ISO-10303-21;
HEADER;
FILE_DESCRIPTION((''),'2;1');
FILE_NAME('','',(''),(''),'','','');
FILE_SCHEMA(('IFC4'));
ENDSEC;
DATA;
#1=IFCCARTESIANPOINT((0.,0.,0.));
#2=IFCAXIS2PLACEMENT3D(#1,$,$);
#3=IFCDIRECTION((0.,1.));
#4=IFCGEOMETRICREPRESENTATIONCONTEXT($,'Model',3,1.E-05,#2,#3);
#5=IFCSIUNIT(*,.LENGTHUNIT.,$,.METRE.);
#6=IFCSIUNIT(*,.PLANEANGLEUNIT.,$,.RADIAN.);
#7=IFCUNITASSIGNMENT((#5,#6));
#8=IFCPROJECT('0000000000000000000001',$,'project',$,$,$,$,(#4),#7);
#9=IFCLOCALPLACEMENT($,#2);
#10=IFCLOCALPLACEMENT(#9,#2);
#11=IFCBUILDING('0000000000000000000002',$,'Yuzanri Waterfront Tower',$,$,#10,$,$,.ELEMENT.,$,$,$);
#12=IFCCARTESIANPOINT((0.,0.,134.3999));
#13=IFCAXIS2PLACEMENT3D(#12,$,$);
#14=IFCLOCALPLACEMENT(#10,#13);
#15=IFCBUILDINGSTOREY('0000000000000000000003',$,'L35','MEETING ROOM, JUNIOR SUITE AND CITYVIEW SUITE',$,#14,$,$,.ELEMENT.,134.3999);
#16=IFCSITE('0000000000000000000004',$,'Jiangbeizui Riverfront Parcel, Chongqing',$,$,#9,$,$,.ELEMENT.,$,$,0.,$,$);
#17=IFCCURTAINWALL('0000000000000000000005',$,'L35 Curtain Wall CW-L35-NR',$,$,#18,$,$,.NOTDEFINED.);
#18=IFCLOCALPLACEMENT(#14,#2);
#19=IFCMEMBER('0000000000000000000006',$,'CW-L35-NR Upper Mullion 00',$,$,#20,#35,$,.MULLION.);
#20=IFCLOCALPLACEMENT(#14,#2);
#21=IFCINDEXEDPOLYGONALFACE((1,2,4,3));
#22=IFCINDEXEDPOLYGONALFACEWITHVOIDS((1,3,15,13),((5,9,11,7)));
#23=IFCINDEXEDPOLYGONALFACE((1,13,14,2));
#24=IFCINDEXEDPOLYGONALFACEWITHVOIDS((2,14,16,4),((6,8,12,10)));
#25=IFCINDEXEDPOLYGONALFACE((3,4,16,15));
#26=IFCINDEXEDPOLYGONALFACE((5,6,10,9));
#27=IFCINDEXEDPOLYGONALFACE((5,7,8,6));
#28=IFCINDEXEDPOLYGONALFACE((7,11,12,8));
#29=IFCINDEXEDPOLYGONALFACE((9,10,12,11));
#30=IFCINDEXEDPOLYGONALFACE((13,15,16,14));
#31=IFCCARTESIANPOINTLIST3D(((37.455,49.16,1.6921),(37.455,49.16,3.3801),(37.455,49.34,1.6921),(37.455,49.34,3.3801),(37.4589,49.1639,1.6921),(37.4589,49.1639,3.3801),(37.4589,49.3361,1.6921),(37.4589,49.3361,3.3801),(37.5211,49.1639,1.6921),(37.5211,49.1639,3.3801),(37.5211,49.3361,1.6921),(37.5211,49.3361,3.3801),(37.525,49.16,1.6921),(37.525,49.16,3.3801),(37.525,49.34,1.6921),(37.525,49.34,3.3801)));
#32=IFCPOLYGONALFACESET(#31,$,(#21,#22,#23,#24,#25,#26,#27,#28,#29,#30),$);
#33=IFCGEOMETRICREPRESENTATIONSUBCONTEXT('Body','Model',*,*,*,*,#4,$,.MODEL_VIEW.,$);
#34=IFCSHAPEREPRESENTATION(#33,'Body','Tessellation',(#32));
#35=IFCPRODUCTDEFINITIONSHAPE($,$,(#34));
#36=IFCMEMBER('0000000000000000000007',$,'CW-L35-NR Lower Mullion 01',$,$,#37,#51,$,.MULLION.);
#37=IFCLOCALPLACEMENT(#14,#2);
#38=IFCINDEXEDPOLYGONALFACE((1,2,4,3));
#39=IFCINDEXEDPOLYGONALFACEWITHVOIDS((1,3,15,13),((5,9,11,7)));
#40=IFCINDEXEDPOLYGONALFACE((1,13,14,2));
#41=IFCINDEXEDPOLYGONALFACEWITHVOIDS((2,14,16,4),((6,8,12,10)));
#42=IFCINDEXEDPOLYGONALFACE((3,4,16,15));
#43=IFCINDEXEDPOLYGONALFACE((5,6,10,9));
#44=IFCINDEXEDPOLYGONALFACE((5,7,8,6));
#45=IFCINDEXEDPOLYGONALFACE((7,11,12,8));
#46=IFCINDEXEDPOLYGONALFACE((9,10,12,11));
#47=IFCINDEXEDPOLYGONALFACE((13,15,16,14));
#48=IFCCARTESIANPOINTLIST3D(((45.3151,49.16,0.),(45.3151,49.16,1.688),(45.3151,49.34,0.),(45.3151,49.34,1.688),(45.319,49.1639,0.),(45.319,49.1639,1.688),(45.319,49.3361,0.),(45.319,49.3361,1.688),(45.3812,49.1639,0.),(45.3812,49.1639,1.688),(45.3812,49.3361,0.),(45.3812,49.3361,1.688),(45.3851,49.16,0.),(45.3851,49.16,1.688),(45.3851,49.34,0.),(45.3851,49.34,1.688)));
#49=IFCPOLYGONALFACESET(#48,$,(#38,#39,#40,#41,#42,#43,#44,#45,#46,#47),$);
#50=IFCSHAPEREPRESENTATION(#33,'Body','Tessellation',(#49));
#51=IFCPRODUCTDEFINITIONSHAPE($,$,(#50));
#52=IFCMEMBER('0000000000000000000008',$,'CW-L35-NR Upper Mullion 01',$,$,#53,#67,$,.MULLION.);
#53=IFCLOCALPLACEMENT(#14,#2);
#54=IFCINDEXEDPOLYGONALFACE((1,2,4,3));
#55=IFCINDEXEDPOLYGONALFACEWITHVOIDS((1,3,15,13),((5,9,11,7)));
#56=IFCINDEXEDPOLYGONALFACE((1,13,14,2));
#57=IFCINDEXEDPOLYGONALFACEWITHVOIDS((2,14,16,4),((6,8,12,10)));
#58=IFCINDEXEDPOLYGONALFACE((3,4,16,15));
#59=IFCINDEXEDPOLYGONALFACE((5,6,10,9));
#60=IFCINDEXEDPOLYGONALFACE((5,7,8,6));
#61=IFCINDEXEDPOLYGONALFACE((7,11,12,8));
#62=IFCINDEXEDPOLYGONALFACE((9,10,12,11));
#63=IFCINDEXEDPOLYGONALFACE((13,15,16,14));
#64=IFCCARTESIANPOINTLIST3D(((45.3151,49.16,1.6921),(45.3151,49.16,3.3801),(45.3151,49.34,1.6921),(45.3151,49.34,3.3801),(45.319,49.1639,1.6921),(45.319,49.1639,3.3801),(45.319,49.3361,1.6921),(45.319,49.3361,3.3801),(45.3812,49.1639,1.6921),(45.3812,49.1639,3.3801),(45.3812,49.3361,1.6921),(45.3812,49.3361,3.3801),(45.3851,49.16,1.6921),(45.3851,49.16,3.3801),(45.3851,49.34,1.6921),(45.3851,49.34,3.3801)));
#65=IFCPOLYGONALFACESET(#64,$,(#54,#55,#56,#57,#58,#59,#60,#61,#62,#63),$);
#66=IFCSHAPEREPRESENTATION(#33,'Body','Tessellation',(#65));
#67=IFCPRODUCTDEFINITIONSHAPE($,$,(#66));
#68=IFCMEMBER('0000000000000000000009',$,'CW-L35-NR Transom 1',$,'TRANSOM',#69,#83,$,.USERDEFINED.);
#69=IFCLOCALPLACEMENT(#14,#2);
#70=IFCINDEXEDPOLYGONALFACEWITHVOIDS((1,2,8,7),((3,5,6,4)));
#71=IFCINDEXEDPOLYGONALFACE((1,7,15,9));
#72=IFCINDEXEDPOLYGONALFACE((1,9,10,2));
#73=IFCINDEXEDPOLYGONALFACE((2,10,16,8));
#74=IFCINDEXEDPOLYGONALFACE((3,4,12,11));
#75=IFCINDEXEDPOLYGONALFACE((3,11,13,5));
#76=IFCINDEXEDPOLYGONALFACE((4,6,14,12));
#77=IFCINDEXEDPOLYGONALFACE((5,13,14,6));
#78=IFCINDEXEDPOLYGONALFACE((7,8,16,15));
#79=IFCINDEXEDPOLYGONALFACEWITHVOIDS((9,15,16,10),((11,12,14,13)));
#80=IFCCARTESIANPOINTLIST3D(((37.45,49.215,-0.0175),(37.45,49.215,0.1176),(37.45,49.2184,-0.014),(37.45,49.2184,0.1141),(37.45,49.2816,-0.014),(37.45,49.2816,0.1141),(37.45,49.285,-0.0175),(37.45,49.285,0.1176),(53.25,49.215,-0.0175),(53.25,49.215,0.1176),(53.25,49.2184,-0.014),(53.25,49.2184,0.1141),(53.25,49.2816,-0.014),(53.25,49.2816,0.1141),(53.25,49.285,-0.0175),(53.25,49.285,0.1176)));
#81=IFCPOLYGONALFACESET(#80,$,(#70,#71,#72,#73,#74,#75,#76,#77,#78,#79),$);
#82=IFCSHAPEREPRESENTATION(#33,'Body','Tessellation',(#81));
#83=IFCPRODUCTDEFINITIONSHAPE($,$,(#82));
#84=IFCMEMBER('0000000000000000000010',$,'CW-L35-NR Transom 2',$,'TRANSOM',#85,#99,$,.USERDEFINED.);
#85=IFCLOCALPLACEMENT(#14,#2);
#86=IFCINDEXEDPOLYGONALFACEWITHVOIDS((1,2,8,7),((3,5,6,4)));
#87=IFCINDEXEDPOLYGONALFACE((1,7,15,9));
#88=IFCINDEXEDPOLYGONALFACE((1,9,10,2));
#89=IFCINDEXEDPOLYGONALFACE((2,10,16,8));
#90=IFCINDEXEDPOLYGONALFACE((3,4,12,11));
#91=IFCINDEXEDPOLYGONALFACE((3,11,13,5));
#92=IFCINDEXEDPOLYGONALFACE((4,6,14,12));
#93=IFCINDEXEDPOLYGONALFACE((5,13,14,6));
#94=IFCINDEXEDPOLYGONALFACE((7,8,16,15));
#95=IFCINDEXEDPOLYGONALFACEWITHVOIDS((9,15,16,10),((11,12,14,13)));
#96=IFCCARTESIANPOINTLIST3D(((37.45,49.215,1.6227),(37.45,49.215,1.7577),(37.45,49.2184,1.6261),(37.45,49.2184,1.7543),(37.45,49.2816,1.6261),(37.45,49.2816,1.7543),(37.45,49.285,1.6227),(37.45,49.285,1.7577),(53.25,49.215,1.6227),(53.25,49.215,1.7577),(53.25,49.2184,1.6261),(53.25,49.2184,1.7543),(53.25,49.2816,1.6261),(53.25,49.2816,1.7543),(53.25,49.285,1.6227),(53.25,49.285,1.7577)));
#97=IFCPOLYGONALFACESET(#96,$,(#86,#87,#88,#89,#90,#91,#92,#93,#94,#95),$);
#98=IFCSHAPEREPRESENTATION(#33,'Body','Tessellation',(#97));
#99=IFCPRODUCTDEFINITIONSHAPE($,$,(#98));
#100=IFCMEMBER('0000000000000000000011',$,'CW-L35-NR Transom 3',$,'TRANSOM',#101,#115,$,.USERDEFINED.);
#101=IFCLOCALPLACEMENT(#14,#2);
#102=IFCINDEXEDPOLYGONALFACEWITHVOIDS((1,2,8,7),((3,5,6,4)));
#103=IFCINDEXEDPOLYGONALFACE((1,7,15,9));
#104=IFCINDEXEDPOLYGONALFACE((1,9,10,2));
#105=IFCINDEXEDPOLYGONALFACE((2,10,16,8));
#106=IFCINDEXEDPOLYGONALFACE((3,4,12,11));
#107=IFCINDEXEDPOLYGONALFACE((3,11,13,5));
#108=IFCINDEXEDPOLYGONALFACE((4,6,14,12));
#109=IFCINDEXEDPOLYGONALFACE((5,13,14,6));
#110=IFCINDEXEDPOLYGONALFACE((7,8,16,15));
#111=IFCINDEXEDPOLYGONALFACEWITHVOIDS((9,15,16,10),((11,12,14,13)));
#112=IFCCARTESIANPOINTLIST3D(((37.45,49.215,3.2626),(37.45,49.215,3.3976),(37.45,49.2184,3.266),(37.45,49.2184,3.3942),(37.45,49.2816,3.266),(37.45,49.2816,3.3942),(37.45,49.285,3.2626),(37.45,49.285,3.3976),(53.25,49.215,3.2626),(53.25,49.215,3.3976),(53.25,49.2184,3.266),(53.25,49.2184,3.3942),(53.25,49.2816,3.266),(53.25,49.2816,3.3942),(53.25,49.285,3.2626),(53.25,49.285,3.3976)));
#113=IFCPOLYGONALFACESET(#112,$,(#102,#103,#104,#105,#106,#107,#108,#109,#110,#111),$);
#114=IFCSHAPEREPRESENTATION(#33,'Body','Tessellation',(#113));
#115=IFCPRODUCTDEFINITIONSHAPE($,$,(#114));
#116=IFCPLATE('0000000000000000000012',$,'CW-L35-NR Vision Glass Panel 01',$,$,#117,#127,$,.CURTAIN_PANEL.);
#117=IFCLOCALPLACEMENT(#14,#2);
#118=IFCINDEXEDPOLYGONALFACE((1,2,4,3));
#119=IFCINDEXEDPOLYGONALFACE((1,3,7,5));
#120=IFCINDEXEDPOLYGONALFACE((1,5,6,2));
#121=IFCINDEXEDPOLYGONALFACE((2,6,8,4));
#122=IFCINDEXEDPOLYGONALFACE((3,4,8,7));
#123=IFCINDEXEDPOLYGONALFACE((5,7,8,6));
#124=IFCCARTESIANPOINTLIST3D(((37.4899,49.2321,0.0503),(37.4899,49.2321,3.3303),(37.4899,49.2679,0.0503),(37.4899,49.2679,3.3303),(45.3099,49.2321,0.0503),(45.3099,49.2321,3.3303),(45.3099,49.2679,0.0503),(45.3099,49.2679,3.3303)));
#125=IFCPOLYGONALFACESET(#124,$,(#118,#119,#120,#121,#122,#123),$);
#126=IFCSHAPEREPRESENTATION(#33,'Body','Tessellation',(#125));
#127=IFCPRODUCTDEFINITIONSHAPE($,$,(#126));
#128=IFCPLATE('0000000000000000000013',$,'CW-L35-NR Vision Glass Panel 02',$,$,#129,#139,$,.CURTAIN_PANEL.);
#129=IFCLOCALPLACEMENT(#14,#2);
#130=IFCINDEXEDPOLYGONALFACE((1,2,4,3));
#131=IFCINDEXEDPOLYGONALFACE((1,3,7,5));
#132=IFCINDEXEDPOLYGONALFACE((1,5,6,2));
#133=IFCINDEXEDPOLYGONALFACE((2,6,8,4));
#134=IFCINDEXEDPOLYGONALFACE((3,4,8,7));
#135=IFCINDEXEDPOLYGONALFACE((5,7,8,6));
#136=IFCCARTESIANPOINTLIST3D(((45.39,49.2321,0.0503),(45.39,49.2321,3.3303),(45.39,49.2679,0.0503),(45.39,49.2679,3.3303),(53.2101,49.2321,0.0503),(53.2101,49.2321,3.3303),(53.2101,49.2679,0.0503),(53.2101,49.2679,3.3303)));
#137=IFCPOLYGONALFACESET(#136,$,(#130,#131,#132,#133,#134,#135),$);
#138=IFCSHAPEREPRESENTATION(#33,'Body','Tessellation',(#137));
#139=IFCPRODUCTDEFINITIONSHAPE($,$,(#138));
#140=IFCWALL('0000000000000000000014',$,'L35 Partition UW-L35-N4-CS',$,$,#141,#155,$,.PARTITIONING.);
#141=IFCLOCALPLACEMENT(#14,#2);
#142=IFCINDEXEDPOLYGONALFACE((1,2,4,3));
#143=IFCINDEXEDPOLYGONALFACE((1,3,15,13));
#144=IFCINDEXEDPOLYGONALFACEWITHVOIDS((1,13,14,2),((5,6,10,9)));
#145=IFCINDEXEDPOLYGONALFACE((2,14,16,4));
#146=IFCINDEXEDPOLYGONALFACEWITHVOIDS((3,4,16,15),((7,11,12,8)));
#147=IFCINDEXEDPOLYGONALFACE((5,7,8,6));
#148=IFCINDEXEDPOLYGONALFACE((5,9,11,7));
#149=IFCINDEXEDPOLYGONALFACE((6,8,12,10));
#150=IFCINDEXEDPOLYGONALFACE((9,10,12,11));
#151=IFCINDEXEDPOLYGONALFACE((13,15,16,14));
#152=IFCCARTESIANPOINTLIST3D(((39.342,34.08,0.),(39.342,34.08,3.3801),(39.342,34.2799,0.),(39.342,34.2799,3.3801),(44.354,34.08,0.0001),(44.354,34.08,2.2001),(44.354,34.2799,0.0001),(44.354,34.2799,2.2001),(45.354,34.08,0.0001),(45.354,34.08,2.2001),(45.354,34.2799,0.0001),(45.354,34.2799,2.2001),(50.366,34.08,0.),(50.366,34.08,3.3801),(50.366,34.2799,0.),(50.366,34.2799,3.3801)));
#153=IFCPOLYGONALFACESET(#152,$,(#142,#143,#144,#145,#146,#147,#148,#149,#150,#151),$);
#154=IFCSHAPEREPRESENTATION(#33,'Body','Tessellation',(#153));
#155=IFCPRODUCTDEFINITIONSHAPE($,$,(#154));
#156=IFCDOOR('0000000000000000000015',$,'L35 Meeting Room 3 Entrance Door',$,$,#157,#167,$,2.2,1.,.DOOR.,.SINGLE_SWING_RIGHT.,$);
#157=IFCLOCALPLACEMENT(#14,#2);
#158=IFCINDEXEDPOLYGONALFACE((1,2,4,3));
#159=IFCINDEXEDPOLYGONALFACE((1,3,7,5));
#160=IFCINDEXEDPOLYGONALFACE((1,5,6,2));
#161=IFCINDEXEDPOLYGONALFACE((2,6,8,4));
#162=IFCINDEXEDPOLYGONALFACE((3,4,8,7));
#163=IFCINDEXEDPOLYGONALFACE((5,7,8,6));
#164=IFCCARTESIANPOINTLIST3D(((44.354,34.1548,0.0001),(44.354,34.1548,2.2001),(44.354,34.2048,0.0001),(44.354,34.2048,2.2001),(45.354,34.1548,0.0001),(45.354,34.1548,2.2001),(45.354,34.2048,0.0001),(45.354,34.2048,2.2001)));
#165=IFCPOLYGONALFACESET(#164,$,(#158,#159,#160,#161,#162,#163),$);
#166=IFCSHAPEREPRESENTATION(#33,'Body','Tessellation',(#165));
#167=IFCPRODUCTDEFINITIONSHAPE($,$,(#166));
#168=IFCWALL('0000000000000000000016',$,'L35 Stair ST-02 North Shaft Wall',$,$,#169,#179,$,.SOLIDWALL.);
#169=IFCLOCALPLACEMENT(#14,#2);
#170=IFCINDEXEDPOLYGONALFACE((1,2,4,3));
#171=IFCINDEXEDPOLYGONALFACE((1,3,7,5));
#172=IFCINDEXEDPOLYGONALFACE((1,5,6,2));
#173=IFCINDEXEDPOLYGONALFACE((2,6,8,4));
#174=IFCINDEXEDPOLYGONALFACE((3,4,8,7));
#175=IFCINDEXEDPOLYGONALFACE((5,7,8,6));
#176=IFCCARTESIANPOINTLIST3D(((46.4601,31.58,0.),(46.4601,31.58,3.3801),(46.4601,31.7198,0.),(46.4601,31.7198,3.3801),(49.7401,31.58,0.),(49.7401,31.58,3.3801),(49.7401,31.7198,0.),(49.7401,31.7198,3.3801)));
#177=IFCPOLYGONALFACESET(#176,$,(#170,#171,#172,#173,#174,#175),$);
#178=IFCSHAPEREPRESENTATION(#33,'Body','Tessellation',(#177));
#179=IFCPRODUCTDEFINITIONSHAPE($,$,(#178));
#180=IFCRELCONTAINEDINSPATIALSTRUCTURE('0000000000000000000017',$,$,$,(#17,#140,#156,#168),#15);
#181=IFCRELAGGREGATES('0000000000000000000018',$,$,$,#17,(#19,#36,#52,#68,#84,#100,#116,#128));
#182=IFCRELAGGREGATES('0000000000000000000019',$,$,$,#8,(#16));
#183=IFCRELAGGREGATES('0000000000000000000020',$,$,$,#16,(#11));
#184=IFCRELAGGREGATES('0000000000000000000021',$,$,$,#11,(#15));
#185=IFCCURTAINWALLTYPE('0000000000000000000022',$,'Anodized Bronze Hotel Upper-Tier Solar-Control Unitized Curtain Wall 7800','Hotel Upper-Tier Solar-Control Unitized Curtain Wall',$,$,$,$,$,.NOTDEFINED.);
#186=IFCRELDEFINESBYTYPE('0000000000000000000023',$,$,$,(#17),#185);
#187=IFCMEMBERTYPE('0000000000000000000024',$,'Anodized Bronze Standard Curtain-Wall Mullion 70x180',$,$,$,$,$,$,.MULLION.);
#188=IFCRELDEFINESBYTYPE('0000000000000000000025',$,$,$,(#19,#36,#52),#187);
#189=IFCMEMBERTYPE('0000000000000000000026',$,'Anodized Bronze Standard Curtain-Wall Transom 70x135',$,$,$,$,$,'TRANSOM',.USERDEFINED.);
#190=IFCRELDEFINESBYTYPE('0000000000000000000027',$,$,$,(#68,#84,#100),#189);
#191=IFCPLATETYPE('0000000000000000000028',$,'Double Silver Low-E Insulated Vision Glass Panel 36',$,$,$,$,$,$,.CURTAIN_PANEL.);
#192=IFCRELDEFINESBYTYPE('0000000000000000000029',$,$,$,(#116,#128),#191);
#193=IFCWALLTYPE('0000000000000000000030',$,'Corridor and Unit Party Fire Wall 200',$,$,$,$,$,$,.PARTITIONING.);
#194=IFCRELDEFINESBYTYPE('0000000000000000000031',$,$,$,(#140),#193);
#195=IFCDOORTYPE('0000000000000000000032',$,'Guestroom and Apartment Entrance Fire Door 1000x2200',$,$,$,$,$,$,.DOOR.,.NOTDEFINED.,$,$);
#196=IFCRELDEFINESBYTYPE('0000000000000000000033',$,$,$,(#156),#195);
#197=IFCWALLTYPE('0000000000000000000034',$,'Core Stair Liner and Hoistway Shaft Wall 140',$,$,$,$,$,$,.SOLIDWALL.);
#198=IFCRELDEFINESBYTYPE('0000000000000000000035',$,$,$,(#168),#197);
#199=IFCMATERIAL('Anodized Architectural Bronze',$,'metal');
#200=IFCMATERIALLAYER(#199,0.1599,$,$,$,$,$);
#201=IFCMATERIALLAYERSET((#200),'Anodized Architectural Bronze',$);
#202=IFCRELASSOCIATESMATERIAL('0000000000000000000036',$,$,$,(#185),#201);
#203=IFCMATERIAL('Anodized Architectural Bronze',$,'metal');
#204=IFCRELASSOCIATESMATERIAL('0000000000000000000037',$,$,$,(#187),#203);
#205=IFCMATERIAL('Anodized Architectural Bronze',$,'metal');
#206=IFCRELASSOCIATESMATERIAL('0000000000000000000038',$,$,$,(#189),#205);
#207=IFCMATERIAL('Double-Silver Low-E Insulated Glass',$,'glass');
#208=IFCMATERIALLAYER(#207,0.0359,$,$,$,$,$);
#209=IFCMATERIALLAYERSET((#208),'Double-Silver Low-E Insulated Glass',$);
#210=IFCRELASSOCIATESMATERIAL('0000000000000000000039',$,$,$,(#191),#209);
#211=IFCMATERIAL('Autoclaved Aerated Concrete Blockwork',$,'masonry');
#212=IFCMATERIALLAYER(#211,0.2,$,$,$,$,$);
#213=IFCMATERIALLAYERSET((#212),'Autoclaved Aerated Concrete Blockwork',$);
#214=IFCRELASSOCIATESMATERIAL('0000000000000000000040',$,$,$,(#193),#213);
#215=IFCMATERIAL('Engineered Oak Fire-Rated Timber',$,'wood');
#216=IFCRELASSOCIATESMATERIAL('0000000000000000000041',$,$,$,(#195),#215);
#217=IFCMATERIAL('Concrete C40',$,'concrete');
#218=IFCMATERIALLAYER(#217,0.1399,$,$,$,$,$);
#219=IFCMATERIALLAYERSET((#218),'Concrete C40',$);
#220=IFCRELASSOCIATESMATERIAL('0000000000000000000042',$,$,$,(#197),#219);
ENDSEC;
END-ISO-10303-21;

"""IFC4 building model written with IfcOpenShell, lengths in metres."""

from ifc_helpers import new_model, si_unit, direction, frame, frame_2d, origin, origin_2d, place, context, subcontext, project, spatial, rectangle, hollow_rectangle, extrude, source, transform, mapped, material, layer, layer_set, material_profile, profile_set, type_object, element, fill, aggregate, save


model = new_model("IFC4")

# Units and contexts
model_context = context("Model", 3, precision=1e-05, world=origin(), true_north=direction((0.0, 1.0)))
body_context = subcontext(model_context, "Body", "Model", "MODEL_VIEW")
ifc_project = project(units=[si_unit("LENGTHUNIT", "METRE"), si_unit("PLANEANGLEUNIT", "RADIAN")], contexts=[model_context])

# Site, building, storey
site_placement = place(None, origin())
site = spatial("IfcSite", under=ifc_project, at=site_placement, Name="Jiangbeizui Riverfront Parcel, Chongqing", CompositionType="ELEMENT", RefElevation=0.0)
building_placement = place(site_placement, origin())
building = spatial("IfcBuilding", under=site, at=building_placement, Name="Yuzanri Waterfront Tower", CompositionType="ELEMENT")
storey_placement = place(building_placement, frame((0.0, 0.0, 134.3999)))
storey = spatial("IfcBuildingStorey", under=building, at=storey_placement, Name="L35", Description="MEETING ROOM, JUNIOR SUITE AND CITYVIEW SUITE", CompositionType="ELEMENT", Elevation=134.3999)

# Shared definitions
ifc_material_1 = material(Name="Anodized Architectural Bronze", Category="metal")
ifc_layer_1 = layer(ifc_material_1, 0.1599)
ifc_layer_set_1 = layer_set([ifc_layer_1], Name="Anodized Architectural Bronze")
curtain_wall_type = type_object("IfcCurtainWallType", Name="Anodized Bronze Hotel Upper-Tier Solar-Control Unitized Curtain Wall 7800", Description="Hotel Upper-Tier Solar-Control Unitized Curtain Wall", PredefinedType="NOTDEFINED", material=ifc_layer_set_1)
ifc_material_2 = material(Name="Anodized Architectural Bronze", Category="metal")
ifc_material_profile_1 = material_profile(ifc_material_2, hollow_rectangle(XDim=0.0701, YDim=0.1799, WallThickness=0.0039, at=origin_2d()), Name="CWM 70x180")
ifc_profile_set_1 = profile_set([ifc_material_profile_1], Name="Anodized Architectural Bronze")
member_type_1 = type_object("IfcMemberType", Name="Anodized Bronze Standard Curtain-Wall Mullion 70x180", PredefinedType="MULLION", material=ifc_profile_set_1)
shared_shape_1 = source(origin(), body_context, "Body", "SweptSolid", [
    extrude(hollow_rectangle(XDim=0.0701, YDim=0.1799, WallThickness=0.0039, at=origin_2d()), origin(), (0.0, 0.0, 1.0), 1.688),
])

# Curtain wall, members, plates
curtain_wall_1_placement = place(storey_placement, origin())
curtain_wall_1 = element("IfcCurtainWall", 1, at=curtain_wall_1_placement, inside=storey, type_object=curtain_wall_type, Name="L35 Curtain Wall CW-L35-NR", PredefinedType="NOTDEFINED")
member_1_placement = place(storey_placement, frame((37.49, 49.25, 1.6921), z_axis=(0.0, 0.0, 1.0), x_axis=(1.0, 0.0, 0.0)))
member_1 = element("IfcMember", 2, at=member_1_placement, type_object=member_type_1, Name="CW-L35-NR Upper Mullion 00", PredefinedType="MULLION", context=body_context, shape_type="MappedRepresentation", body=[
    mapped(shared_shape_1, transform((0.0, 0.0, 0.0), scale=1.0)),
])
member_2_placement = place(storey_placement, frame((45.3501, 49.25, 0.0), z_axis=(0.0, 0.0, 1.0), x_axis=(1.0, 0.0, 0.0)))
member_2 = element("IfcMember", 3, at=member_2_placement, type_object=member_type_1, Name="CW-L35-NR Lower Mullion 01", PredefinedType="MULLION", context=body_context, shape_type="MappedRepresentation", body=[
    mapped(shared_shape_1, transform((0.0, 0.0, 0.0), scale=1.0)),
])
member_3_placement = place(storey_placement, frame((45.3501, 49.25, 1.6921), z_axis=(0.0, 0.0, 1.0), x_axis=(1.0, 0.0, 0.0)))
member_3 = element("IfcMember", 4, at=member_3_placement, type_object=member_type_1, Name="CW-L35-NR Upper Mullion 01", PredefinedType="MULLION", context=body_context, shape_type="MappedRepresentation", body=[
    mapped(shared_shape_1, transform((0.0, 0.0, 0.0), scale=1.0)),
])
ifc_material_3 = material(Name="Anodized Architectural Bronze", Category="metal")
ifc_material_profile_2 = material_profile(ifc_material_3, hollow_rectangle(XDim=0.0701, YDim=0.135, WallThickness=0.0034, at=origin_2d()), Name="CWT 70x135")
ifc_profile_set_2 = profile_set([ifc_material_profile_2], Name="Anodized Architectural Bronze")
member_type_2 = type_object("IfcMemberType", Name="Anodized Bronze Standard Curtain-Wall Transom 70x135", ElementType="TRANSOM", PredefinedType="USERDEFINED", material=ifc_profile_set_2)
shared_shape_2 = source(origin(), body_context, "Body", "SweptSolid", [
    extrude(hollow_rectangle(XDim=0.0701, YDim=0.135, WallThickness=0.0034, at=origin_2d()), origin(), (0.0, 0.0, 1.0), 15.8),
])
member_4_placement = place(storey_placement, frame((37.45, 49.25, 0.05), z_axis=(1.0, 0.0, 0.0), x_axis=(0.0, 1.0, 0.0)))
member_4 = element("IfcMember", 5, at=member_4_placement, type_object=member_type_2, Name="CW-L35-NR Transom 1", ObjectType="TRANSOM", PredefinedType="USERDEFINED", context=body_context, shape_type="MappedRepresentation", body=[
    mapped(shared_shape_2, transform((0.0, 0.0, 0.0), scale=1.0)),
])
member_5_placement = place(storey_placement, frame((37.45, 49.25, 1.6902), z_axis=(1.0, 0.0, 0.0), x_axis=(0.0, 1.0, 0.0)))
member_5 = element("IfcMember", 6, at=member_5_placement, type_object=member_type_2, Name="CW-L35-NR Transom 2", ObjectType="TRANSOM", PredefinedType="USERDEFINED", context=body_context, shape_type="MappedRepresentation", body=[
    mapped(shared_shape_2, transform((0.0, 0.0, 0.0), scale=1.0)),
])
member_6_placement = place(storey_placement, frame((37.45, 49.25, 3.3301), z_axis=(1.0, 0.0, 0.0), x_axis=(0.0, 1.0, 0.0)))
member_6 = element("IfcMember", 7, at=member_6_placement, type_object=member_type_2, Name="CW-L35-NR Transom 3", ObjectType="TRANSOM", PredefinedType="USERDEFINED", context=body_context, shape_type="MappedRepresentation", body=[
    mapped(shared_shape_2, transform((0.0, 0.0, 0.0), scale=1.0)),
])
ifc_material_4 = material(Name="Double-Silver Low-E Insulated Glass", Category="glass")
ifc_layer_2 = layer(ifc_material_4, 0.0359)
ifc_layer_set_2 = layer_set([ifc_layer_2], Name="Double-Silver Low-E Insulated Glass")
plate_type = type_object("IfcPlateType", Name="Double Silver Low-E Insulated Vision Glass Panel 36", PredefinedType="CURTAIN_PANEL", material=ifc_layer_set_2)
shared_shape_3 = source(origin(), body_context, "Body", "SweptSolid", [
    extrude(rectangle(XDim=7.8201, YDim=0.0359, at=origin_2d()), origin(), (0.0, 0.0, 1.0), 3.28),
])
plate_1_placement = place(storey_placement, frame((41.3999, 49.25, 0.0503), z_axis=(0.0, 0.0, 1.0), x_axis=(1.0, 0.0, 0.0)))
plate_1 = element("IfcPlate", 8, at=plate_1_placement, type_object=plate_type, Name="CW-L35-NR Vision Glass Panel 01", PredefinedType="CURTAIN_PANEL", context=body_context, shape_type="MappedRepresentation", body=[
    mapped(shared_shape_3, transform((0.0, 0.0, 0.0), scale=1.0)),
])
plate_2_placement = place(storey_placement, frame((49.3, 49.25, 0.0503), z_axis=(0.0, 0.0, 1.0), x_axis=(1.0, 0.0, 0.0)))
plate_2 = element("IfcPlate", 9, at=plate_2_placement, type_object=plate_type, Name="CW-L35-NR Vision Glass Panel 02", PredefinedType="CURTAIN_PANEL", context=body_context, shape_type="MappedRepresentation", body=[
    mapped(shared_shape_3, transform((0.0, 0.0, 0.0), scale=1.0)),
])
aggregate(curtain_wall_1, [member_1, member_2, member_3, member_4, member_5, member_6, plate_1, plate_2])

# Wall, opening, door
ifc_material_5 = material(Name="Autoclaved Aerated Concrete Blockwork", Category="masonry")
ifc_layer_3 = layer(ifc_material_5, 0.2)
ifc_layer_set_3 = layer_set([ifc_layer_3], Name="Autoclaved Aerated Concrete Blockwork")
wall_type_1 = type_object("IfcWallType", Name="Corridor and Unit Party Fire Wall 200", PredefinedType="PARTITIONING", material=ifc_layer_set_3)
wall_1_placement = place(storey_placement, frame((39.342, 34.1799, 0.0), z_axis=(0.0, 0.0, 1.0), x_axis=(1.0, 0.0, 0.0)))
wall_1 = element("IfcWall", 10, at=wall_1_placement, inside=storey, type_object=wall_type_1, Name="L35 Partition UW-L35-N4-CS", PredefinedType="PARTITIONING", context=body_context, shape_type="SweptSolid", body=[
    extrude(rectangle(XDim=11.0239, YDim=0.2, at=frame_2d((5.512, 0.0))), origin(), (0.0, 0.0, 1.0), 3.3801),
])
opening_placement = place(wall_1_placement, frame((5.012, 0.0, 0.0)))
opening = element("IfcOpeningElement", 11, at=opening_placement, cuts=wall_1, PredefinedType="OPENING", context=body_context, shape_type="SweptSolid", body=[
    extrude(rectangle(XDim=1.0, YDim=2.2, at=frame_2d((0.5, 1.1001))), frame((0.0, 0.1147, 0.0), z_axis=(0.0, -1.0, 0.0), x_axis=(1.0, 0.0, 0.0)), (0.0, 0.0, 1.0), 0.2297),
])
ifc_material_6 = material(Name="Engineered Oak Fire-Rated Timber", Category="wood")
door_type = type_object("IfcDoorType", Name="Guestroom and Apartment Entrance Fire Door 1000x2200", OperationType="NOTDEFINED", PredefinedType="DOOR", material=ifc_material_6)
shared_shape_4 = source(origin(), body_context, "Body", "SweptSolid", [
    extrude(rectangle(XDim=1.0, YDim=2.2, at=frame_2d((0.5, 1.1001))), frame((0.0, 0.0249, 0.0), z_axis=(0.0, -1.0, 0.0), x_axis=(1.0, 0.0, 0.0)), (0.0, 0.0, 1.0), 0.05),
])
door_placement = place(opening_placement, origin())
door = element("IfcDoor", 12, at=door_placement, inside=storey, type_object=door_type, Name="L35 Meeting Room 3 Entrance Door", OperationType="SINGLE_SWING_RIGHT", OverallHeight=2.2, OverallWidth=1.0, PredefinedType="DOOR", context=body_context, shape_type="MappedRepresentation", body=[
    mapped(shared_shape_4, transform((0.0, 0.0, 0.0), scale=1.0)),
])
fill(opening, door)

# Wall
ifc_material_7 = material(Name="Concrete C40", Category="concrete")
ifc_layer_4 = layer(ifc_material_7, 0.1399)
ifc_layer_set_4 = layer_set([ifc_layer_4], Name="Concrete C40")
wall_type_2 = type_object("IfcWallType", Name="Core Stair Liner and Hoistway Shaft Wall 140", PredefinedType="SOLIDWALL", material=ifc_layer_set_4)
shared_shape_5 = source(origin(), body_context, "Body", "SweptSolid", [
    extrude(rectangle(XDim=3.28, YDim=0.1399, at=frame_2d((1.6401, 0.0))), origin(), (0.0, 0.0, 1.0), 3.3801),
])
wall_2_placement = place(storey_placement, frame((46.46, 31.6499, 0.0), z_axis=(0.0, 0.0, 1.0), x_axis=(1.0, 0.0, 0.0)))
element("IfcWall", 13, at=wall_2_placement, inside=storey, type_object=wall_type_2, Name="L35 Stair ST-02 North Shaft Wall", PredefinedType="SOLIDWALL", context=body_context, shape_type="MappedRepresentation", body=[
    mapped(shared_shape_5, transform((0.0, 0.0, 0.0), scale=1.0)),
])

save(model, "model.ifc")
